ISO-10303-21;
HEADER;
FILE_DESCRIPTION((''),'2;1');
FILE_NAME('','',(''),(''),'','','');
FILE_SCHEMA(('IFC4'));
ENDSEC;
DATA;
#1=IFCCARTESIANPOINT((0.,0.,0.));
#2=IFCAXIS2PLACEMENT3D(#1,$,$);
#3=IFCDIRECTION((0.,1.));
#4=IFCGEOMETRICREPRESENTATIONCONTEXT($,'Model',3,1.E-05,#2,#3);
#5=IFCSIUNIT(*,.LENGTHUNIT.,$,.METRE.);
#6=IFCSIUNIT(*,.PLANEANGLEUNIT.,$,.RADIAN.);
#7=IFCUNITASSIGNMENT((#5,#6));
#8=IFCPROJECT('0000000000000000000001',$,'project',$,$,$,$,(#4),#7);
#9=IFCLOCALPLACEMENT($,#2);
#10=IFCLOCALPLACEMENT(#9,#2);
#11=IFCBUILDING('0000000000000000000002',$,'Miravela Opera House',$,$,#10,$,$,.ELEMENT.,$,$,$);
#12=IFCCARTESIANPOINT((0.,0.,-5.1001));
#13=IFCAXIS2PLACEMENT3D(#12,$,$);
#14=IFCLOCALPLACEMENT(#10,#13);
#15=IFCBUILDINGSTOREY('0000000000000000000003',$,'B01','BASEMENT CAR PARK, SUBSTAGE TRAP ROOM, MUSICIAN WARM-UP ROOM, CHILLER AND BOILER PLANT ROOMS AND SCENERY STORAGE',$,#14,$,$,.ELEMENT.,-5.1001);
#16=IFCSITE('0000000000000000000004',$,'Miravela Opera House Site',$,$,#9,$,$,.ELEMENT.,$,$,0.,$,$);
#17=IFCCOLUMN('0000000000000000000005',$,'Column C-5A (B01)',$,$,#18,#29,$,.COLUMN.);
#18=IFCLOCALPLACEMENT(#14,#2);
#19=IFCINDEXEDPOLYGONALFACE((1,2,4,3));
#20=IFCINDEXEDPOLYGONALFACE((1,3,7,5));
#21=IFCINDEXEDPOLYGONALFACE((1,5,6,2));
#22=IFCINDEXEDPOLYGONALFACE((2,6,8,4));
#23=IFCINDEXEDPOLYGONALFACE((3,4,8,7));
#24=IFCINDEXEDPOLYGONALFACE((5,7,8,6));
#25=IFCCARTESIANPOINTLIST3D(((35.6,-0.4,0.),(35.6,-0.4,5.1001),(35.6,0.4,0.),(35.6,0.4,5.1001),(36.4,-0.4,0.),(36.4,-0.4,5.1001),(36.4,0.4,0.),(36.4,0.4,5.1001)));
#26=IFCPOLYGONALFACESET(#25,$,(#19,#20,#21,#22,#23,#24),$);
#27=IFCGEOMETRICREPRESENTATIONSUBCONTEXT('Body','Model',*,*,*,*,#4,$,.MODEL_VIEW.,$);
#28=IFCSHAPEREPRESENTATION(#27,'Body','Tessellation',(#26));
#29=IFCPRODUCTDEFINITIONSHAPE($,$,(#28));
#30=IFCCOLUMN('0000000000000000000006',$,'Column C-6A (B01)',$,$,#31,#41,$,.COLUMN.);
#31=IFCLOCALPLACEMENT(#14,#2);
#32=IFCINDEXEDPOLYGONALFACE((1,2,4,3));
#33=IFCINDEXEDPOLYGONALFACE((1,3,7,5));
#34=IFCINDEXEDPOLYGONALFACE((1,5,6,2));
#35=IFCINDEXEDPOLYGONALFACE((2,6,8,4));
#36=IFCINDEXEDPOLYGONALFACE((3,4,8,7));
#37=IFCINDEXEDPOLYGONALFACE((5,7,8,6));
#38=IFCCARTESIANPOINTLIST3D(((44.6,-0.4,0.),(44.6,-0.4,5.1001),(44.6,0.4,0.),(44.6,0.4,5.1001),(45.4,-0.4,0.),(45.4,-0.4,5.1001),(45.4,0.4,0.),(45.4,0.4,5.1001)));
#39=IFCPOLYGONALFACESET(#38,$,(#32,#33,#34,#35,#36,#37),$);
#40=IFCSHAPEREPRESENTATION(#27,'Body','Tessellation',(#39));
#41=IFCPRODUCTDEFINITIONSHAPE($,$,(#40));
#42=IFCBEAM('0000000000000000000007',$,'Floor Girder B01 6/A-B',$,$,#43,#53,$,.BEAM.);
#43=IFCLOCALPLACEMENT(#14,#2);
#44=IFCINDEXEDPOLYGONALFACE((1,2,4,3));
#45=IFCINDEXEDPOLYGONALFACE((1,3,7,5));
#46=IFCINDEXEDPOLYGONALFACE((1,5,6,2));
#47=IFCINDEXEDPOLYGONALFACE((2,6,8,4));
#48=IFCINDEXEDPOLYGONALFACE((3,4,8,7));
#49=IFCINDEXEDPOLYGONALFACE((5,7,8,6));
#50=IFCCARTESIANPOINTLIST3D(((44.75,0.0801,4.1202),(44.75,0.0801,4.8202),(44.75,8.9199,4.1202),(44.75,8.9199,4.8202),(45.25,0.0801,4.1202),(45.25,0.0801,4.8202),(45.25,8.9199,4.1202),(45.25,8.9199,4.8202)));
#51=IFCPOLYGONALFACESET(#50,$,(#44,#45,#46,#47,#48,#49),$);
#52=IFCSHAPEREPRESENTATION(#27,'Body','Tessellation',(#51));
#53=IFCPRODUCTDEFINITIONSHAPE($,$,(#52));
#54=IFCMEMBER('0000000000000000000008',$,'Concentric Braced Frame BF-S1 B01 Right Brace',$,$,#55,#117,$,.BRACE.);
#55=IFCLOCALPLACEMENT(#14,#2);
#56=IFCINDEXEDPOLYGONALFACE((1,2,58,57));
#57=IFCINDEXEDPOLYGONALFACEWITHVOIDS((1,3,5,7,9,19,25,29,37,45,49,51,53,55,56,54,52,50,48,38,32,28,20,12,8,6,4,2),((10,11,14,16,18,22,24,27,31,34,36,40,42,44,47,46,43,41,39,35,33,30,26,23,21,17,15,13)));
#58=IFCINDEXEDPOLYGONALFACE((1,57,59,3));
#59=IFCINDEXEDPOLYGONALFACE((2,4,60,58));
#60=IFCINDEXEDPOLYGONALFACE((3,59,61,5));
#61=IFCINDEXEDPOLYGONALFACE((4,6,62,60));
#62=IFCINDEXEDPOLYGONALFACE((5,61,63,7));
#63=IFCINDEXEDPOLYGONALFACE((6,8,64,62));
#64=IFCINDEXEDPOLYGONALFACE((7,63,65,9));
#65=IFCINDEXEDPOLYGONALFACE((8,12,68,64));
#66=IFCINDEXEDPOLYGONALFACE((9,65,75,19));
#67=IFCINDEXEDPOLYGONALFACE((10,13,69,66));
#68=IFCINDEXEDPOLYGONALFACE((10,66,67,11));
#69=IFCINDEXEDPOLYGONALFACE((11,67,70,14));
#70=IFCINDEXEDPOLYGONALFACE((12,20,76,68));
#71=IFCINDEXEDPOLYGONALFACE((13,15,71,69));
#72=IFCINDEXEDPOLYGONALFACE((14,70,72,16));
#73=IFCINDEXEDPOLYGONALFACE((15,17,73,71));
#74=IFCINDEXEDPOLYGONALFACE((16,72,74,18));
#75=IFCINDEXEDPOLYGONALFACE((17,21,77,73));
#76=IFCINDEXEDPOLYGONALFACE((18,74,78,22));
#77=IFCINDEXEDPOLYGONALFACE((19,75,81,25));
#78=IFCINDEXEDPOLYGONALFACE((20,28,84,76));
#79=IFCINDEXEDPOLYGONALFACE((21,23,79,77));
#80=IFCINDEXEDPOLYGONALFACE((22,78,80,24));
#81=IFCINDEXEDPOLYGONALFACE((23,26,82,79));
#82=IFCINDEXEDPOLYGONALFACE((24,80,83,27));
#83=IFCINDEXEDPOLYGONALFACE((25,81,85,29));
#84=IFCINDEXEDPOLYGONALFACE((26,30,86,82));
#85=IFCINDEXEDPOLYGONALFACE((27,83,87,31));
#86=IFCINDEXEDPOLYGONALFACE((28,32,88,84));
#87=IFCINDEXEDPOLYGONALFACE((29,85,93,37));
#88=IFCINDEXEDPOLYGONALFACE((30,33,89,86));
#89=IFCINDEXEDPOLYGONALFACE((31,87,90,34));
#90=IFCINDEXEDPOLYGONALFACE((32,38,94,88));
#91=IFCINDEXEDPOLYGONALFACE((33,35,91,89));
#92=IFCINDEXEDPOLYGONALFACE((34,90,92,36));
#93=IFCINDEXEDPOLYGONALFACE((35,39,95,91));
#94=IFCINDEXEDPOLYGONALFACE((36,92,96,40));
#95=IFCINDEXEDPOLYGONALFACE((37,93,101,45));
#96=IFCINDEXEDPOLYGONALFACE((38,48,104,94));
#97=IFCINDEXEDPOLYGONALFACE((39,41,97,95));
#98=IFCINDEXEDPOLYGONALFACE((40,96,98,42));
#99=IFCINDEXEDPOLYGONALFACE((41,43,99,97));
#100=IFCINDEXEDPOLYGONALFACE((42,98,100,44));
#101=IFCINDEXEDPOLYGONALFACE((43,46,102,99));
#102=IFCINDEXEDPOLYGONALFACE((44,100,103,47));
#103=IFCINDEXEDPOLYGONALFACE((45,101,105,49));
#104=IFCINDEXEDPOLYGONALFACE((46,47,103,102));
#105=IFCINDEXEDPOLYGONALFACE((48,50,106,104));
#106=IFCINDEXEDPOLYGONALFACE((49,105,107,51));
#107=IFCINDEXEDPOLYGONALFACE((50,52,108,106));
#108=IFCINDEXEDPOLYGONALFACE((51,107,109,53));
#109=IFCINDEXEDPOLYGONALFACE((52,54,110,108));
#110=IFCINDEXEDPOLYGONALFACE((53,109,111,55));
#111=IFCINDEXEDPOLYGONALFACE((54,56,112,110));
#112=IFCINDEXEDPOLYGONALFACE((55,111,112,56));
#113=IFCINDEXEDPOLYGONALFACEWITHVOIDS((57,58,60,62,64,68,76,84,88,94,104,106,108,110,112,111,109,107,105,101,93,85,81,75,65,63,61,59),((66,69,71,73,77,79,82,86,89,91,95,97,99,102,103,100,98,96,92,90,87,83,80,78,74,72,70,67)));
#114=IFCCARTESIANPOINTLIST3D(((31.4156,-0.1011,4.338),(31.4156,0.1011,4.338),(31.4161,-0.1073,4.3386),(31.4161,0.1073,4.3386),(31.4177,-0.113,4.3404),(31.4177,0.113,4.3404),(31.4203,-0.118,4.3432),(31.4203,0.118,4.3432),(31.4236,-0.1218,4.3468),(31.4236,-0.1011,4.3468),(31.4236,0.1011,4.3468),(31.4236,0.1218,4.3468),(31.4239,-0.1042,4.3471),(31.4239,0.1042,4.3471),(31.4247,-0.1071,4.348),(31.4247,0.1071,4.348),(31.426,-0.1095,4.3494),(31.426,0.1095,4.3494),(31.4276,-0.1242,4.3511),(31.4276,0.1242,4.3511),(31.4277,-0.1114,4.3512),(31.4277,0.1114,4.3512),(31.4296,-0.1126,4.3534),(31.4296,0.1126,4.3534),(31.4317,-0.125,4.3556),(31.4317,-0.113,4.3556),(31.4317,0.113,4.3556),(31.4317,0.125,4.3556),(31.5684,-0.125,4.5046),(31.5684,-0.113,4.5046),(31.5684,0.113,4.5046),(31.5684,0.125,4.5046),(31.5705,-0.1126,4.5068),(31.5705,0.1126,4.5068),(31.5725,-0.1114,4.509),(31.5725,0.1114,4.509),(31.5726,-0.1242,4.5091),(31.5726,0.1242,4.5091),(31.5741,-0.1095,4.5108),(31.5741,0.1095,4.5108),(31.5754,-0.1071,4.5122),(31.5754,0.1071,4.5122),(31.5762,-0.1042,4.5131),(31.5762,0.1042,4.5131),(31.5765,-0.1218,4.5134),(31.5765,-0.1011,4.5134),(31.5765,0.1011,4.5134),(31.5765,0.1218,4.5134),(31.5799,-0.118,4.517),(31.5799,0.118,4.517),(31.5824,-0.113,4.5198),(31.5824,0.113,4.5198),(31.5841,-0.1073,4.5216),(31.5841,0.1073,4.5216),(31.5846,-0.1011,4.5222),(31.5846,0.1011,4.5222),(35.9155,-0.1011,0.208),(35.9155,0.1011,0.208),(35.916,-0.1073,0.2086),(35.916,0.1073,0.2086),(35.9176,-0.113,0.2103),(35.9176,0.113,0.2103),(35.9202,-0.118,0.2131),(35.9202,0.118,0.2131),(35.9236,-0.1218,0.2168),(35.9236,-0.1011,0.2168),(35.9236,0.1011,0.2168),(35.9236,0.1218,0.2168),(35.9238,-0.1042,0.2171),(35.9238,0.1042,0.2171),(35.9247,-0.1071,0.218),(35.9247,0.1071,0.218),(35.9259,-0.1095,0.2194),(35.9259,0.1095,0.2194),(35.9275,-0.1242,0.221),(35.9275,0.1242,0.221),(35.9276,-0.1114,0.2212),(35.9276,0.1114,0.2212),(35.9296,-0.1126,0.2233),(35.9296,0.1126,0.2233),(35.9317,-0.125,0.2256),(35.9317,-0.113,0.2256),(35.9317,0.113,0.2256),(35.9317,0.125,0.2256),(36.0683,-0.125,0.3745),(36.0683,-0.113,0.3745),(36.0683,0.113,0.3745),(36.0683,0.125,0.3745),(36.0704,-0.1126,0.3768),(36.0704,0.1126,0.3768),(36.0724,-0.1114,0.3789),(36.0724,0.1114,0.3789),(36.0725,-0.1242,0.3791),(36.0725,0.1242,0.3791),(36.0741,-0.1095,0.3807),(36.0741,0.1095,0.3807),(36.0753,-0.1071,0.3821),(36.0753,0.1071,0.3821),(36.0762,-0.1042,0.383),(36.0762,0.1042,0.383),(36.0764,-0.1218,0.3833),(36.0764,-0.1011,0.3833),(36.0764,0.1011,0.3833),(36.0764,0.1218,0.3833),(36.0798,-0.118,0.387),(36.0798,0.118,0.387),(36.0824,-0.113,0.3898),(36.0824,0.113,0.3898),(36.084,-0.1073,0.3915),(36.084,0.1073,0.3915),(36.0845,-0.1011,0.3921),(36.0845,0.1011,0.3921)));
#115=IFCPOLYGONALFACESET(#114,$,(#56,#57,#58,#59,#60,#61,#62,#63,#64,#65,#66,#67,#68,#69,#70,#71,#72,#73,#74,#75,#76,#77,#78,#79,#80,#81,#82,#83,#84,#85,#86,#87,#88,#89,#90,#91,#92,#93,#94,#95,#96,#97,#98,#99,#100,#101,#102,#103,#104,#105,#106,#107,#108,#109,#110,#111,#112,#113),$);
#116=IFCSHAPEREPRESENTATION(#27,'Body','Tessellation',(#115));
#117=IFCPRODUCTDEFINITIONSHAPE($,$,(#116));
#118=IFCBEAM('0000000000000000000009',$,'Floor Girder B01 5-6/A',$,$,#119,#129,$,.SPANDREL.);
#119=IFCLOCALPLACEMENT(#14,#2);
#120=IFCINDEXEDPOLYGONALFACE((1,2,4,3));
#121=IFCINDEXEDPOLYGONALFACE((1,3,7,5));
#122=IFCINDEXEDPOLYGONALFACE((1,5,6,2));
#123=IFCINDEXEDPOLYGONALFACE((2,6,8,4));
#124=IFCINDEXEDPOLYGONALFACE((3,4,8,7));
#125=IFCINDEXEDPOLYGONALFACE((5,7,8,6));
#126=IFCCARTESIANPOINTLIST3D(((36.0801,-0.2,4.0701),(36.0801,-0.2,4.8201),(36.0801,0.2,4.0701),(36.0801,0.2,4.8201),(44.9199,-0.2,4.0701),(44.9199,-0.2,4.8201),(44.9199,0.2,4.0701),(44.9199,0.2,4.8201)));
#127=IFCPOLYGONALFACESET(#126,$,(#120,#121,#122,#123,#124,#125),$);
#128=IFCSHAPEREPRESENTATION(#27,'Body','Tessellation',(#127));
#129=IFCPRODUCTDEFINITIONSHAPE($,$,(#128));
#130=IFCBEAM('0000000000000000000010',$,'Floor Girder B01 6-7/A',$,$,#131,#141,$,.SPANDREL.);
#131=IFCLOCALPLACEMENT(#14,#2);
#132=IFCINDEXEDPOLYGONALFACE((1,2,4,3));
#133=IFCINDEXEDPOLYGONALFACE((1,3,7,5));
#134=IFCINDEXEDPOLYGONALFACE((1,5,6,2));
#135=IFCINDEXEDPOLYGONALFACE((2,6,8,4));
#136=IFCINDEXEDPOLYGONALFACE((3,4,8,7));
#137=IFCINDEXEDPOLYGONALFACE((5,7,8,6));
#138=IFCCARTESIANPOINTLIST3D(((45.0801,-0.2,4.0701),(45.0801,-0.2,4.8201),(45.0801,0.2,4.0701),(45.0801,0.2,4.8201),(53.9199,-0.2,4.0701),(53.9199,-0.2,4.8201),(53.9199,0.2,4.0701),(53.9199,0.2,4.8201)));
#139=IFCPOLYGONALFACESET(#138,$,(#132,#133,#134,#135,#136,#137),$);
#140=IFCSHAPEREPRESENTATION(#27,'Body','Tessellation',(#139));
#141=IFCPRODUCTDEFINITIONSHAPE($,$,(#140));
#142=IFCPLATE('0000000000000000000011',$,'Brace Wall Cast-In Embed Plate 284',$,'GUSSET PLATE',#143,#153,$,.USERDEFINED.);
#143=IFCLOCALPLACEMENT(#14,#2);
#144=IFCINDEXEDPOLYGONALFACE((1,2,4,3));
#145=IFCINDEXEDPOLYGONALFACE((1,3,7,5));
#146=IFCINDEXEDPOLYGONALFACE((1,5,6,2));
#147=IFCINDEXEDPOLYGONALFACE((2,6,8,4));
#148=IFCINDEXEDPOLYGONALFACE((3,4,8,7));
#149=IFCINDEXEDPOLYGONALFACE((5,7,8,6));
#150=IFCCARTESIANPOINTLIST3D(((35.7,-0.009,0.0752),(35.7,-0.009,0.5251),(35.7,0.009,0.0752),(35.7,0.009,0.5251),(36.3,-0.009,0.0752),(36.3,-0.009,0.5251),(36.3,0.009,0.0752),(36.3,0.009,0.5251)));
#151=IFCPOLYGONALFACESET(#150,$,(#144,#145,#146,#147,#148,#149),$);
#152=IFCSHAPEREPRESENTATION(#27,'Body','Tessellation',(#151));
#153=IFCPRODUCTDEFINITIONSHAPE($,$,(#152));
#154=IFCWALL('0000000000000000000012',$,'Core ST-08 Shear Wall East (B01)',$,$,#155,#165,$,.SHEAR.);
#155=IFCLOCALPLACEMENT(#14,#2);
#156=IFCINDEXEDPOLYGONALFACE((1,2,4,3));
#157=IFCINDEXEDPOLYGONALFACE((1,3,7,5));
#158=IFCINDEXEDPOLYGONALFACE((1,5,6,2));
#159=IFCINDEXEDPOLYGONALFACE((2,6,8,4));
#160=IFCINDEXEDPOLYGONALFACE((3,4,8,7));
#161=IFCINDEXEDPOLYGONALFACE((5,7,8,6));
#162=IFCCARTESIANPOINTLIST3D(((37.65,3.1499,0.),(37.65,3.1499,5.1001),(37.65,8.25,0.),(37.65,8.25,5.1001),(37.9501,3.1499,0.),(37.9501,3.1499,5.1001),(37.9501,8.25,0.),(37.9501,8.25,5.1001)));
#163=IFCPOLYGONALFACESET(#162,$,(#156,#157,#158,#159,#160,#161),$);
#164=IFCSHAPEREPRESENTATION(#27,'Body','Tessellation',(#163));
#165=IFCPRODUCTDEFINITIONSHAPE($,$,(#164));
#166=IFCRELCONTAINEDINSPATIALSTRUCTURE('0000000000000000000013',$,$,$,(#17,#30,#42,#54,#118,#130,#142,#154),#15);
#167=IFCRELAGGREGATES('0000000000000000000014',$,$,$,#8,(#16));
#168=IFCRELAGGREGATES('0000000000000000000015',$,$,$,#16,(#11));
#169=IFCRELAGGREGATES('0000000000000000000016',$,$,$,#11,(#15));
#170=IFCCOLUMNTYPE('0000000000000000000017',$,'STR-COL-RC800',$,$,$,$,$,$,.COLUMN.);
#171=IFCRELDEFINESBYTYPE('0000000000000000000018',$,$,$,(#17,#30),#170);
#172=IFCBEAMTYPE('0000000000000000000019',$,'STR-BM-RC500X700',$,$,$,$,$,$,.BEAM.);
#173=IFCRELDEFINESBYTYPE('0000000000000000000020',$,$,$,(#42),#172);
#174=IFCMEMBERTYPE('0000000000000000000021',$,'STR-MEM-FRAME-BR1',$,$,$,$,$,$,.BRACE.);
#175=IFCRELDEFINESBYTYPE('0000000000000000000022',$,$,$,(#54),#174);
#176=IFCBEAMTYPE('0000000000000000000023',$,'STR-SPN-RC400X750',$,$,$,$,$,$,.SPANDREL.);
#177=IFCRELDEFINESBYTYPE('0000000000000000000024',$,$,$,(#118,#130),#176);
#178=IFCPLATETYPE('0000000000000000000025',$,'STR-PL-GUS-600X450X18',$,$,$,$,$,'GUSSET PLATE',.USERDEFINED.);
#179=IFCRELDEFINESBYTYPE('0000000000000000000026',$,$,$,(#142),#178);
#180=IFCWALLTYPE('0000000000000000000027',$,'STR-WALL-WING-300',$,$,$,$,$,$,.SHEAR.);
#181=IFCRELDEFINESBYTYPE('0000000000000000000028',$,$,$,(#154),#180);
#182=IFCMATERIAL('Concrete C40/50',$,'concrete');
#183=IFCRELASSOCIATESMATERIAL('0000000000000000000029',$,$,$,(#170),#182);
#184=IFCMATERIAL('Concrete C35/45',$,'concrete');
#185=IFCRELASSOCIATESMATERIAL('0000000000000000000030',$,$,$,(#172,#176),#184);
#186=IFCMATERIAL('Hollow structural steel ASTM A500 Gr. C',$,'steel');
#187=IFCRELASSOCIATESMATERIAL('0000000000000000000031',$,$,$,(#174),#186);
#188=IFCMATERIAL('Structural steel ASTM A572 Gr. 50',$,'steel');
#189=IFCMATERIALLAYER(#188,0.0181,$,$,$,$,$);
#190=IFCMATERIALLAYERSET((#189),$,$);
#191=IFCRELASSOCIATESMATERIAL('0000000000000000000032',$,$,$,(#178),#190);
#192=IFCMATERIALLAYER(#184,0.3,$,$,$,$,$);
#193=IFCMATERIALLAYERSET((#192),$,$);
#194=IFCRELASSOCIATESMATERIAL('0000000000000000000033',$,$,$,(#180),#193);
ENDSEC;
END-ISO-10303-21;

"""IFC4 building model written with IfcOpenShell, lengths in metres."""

from ifc_helpers import new_model, si_unit, direction, frame, frame_2d, origin, origin_2d, place, context, subcontext, project, spatial, rectangle, hollow_rectangle, extrude, material, layer, layer_set, material_profile, profile_set, type_object, element, save


model = new_model("IFC4")

# Units and contexts
model_context = context("Model", 3, precision=1e-05, world=origin(), true_north=direction((0.0, 1.0)))
body_context = subcontext(model_context, "Body", "Model", "MODEL_VIEW")
ifc_project = project(units=[si_unit("LENGTHUNIT", "METRE"), si_unit("PLANEANGLEUNIT", "RADIAN")], contexts=[model_context])

# Site, building, storey
site_placement = place(None, origin())
site = spatial("IfcSite", under=ifc_project, at=site_placement, Name="Miravela Opera House Site", CompositionType="ELEMENT", RefElevation=0.0)
building_placement = place(site_placement, origin())
building = spatial("IfcBuilding", under=site, at=building_placement, Name="Miravela Opera House", CompositionType="ELEMENT")
storey_placement = place(building_placement, frame((0.0, 0.0, -5.1001)))
storey = spatial("IfcBuildingStorey", under=building, at=storey_placement, Name="B01", Description="BASEMENT CAR PARK, SUBSTAGE TRAP ROOM, MUSICIAN WARM-UP ROOM, CHILLER AND BOILER PLANT ROOMS AND SCENERY STORAGE", CompositionType="ELEMENT", Elevation=-5.1001)

# Shared definitions
ifc_material_1 = material(Name="Concrete C35/45", Category="concrete")

# Columns
ifc_material_2 = material(Name="Hollow structural steel ASTM A500 Gr. C", Category="steel")
ifc_material_3 = material(Name="Concrete C40/50", Category="concrete")
ifc_material_profile_1 = material_profile(ifc_material_3, rectangle(XDim=0.8, YDim=0.8, at=origin_2d()), Name="RC-COL-800X800")
ifc_profile_set_1 = profile_set([ifc_material_profile_1])
column_type_1 = type_object("IfcColumnType", Name="STR-COL-RC800", PredefinedType="COLUMN", material=ifc_profile_set_1)
for number, where, z_axis, x_axis, name in (
    (1, (36.0, 0.0, 0.0), (0.0, 0.0, 1.0), (1.0, 0.0, 0.0), "Column C-5A (B01)"),
    (2, (45.0, 0.0, 0.0), (0.0, 0.0, 1.0), (1.0, 0.0, 0.0), "Column C-6A (B01)"),
):
    element("IfcColumn", number, at=place(storey_placement, frame(where, z_axis=z_axis, x_axis=x_axis)), inside=storey, type_object=column_type_1, Name=name, PredefinedType="COLUMN", context=body_context, shape_type="SweptSolid", body=[
        extrude(rectangle(XDim=0.8, YDim=0.8, at=origin_2d()), origin(), (0.0, 0.0, 1.0), 5.1001),
    ])

# Beam
ifc_material_profile_2 = material_profile(ifc_material_1, rectangle(XDim=0.5, YDim=0.7, at=origin_2d()), Name="RC-BM-500X700")
ifc_profile_set_2 = profile_set([ifc_material_profile_2])
beam_type_1 = type_object("IfcBeamType", Name="STR-BM-RC500X700", PredefinedType="BEAM", material=ifc_profile_set_2)
beam_placement = place(storey_placement, frame((45.0, 0.0801, 4.4702), z_axis=(0.0, 1.0, 0.0), x_axis=(-1.0, 0.0, 0.0)))
element("IfcBeam", 3, at=beam_placement, inside=storey, type_object=beam_type_1, Name="Floor Girder B01 6/A-B", PredefinedType="BEAM", context=body_context, shape_type="SweptSolid", body=[
    extrude(rectangle(XDim=0.5, YDim=0.7, at=origin_2d()), origin(), (0.0, 0.0, 1.0), 8.8398),
])

# Member
ifc_material_profile_3 = material_profile(ifc_material_2, hollow_rectangle(XDim=0.25, YDim=0.25, WallThickness=0.012, InnerFilletRadius=0.012, OuterFilletRadius=0.0239, at=origin_2d()), Name="HSS250X250X12")
ifc_profile_set_3 = profile_set([ifc_material_profile_3])
member_type = type_object("IfcMemberType", Name="STR-MEM-FRAME-BR1", PredefinedType="BRACE", material=ifc_profile_set_3)
member_placement = place(storey_placement, frame((36.0, 0.0, 0.3), z_axis=(-0.736736, 0.0, 0.676181), x_axis=(0.0, -1.0, 0.0)))
element("IfcMember", 4, at=member_placement, inside=storey, type_object=member_type, Name="Concentric Braced Frame BF-S1 B01 Right Brace", PredefinedType="BRACE", context=body_context, shape_type="SweptSolid", body=[
    extrude(hollow_rectangle(XDim=0.25, YDim=0.25, WallThickness=0.012, InnerFilletRadius=0.012, OuterFilletRadius=0.0239, at=origin_2d()), origin(), (0.0, 0.0, 1.0), 6.1079),
])

# Beams
ifc_material_profile_4 = material_profile(ifc_material_1, rectangle(XDim=0.3999, YDim=0.75, at=origin_2d()), Name="RC-SPN-400X750")
ifc_profile_set_4 = profile_set([ifc_material_profile_4])
beam_type_2 = type_object("IfcBeamType", Name="STR-SPN-RC400X750", PredefinedType="SPANDREL", material=ifc_profile_set_4)
for number, where, z_axis, x_axis, name in (
    (5, (36.0801, 0.0, 4.4451), (1.0, 0.0, 0.0), (0.0, 1.0, 0.0), "Floor Girder B01 5-6/A"),
    (6, (45.0801, 0.0, 4.4451), (1.0, 0.0, 0.0), (0.0, 1.0, 0.0), "Floor Girder B01 6-7/A"),
):
    element("IfcBeam", number, at=place(storey_placement, frame(where, z_axis=z_axis, x_axis=x_axis)), inside=storey, type_object=beam_type_2, Name=name, PredefinedType="SPANDREL", context=body_context, shape_type="SweptSolid", body=[
        extrude(rectangle(XDim=0.3999, YDim=0.75, at=origin_2d()), origin(), (0.0, 0.0, 1.0), 8.8398),
    ])

# Plate
ifc_material_4 = material(Name="Structural steel ASTM A572 Gr. 50", Category="steel")
ifc_layer_1 = layer(ifc_material_4, 0.0181)
ifc_layer_set_1 = layer_set([ifc_layer_1])
plate_type = type_object("IfcPlateType", Name="STR-PL-GUS-600X450X18", ElementType="GUSSET PLATE", PredefinedType="USERDEFINED", material=ifc_layer_set_1)
plate_placement = place(storey_placement, frame((36.0, 0.0, 0.0752), z_axis=(0.0, 0.0, 1.0), x_axis=(1.0, 0.0, 0.0)))
element("IfcPlate", 7, at=plate_placement, inside=storey, type_object=plate_type, Name="Brace Wall Cast-In Embed Plate 284", ObjectType="GUSSET PLATE", PredefinedType="USERDEFINED", context=body_context, shape_type="SweptSolid", body=[
    extrude(rectangle(XDim=0.6001, YDim=0.0181, at=origin_2d()), origin(), (0.0, 0.0, 1.0), 0.45),
])

# Wall
ifc_layer_2 = layer(ifc_material_1, 0.3)
ifc_layer_set_2 = layer_set([ifc_layer_2])
wall_type = type_object("IfcWallType", Name="STR-WALL-WING-300", PredefinedType="SHEAR", material=ifc_layer_set_2)
wall_placement = place(storey_placement, frame((37.8, 3.1499, 0.0), z_axis=(0.0, 0.0, 1.0), x_axis=(0.0, 1.0, 0.0)))
element("IfcWall", 8, at=wall_placement, inside=storey, type_object=wall_type, Name="Core ST-08 Shear Wall East (B01)", PredefinedType="SHEAR", context=body_context, shape_type="SweptSolid", body=[
    extrude(rectangle(XDim=5.1001, YDim=0.3, at=frame_2d((2.55, 0.0))), origin(), (0.0, 0.0, 1.0), 5.1001),
])

save(model, "model.ifc")
